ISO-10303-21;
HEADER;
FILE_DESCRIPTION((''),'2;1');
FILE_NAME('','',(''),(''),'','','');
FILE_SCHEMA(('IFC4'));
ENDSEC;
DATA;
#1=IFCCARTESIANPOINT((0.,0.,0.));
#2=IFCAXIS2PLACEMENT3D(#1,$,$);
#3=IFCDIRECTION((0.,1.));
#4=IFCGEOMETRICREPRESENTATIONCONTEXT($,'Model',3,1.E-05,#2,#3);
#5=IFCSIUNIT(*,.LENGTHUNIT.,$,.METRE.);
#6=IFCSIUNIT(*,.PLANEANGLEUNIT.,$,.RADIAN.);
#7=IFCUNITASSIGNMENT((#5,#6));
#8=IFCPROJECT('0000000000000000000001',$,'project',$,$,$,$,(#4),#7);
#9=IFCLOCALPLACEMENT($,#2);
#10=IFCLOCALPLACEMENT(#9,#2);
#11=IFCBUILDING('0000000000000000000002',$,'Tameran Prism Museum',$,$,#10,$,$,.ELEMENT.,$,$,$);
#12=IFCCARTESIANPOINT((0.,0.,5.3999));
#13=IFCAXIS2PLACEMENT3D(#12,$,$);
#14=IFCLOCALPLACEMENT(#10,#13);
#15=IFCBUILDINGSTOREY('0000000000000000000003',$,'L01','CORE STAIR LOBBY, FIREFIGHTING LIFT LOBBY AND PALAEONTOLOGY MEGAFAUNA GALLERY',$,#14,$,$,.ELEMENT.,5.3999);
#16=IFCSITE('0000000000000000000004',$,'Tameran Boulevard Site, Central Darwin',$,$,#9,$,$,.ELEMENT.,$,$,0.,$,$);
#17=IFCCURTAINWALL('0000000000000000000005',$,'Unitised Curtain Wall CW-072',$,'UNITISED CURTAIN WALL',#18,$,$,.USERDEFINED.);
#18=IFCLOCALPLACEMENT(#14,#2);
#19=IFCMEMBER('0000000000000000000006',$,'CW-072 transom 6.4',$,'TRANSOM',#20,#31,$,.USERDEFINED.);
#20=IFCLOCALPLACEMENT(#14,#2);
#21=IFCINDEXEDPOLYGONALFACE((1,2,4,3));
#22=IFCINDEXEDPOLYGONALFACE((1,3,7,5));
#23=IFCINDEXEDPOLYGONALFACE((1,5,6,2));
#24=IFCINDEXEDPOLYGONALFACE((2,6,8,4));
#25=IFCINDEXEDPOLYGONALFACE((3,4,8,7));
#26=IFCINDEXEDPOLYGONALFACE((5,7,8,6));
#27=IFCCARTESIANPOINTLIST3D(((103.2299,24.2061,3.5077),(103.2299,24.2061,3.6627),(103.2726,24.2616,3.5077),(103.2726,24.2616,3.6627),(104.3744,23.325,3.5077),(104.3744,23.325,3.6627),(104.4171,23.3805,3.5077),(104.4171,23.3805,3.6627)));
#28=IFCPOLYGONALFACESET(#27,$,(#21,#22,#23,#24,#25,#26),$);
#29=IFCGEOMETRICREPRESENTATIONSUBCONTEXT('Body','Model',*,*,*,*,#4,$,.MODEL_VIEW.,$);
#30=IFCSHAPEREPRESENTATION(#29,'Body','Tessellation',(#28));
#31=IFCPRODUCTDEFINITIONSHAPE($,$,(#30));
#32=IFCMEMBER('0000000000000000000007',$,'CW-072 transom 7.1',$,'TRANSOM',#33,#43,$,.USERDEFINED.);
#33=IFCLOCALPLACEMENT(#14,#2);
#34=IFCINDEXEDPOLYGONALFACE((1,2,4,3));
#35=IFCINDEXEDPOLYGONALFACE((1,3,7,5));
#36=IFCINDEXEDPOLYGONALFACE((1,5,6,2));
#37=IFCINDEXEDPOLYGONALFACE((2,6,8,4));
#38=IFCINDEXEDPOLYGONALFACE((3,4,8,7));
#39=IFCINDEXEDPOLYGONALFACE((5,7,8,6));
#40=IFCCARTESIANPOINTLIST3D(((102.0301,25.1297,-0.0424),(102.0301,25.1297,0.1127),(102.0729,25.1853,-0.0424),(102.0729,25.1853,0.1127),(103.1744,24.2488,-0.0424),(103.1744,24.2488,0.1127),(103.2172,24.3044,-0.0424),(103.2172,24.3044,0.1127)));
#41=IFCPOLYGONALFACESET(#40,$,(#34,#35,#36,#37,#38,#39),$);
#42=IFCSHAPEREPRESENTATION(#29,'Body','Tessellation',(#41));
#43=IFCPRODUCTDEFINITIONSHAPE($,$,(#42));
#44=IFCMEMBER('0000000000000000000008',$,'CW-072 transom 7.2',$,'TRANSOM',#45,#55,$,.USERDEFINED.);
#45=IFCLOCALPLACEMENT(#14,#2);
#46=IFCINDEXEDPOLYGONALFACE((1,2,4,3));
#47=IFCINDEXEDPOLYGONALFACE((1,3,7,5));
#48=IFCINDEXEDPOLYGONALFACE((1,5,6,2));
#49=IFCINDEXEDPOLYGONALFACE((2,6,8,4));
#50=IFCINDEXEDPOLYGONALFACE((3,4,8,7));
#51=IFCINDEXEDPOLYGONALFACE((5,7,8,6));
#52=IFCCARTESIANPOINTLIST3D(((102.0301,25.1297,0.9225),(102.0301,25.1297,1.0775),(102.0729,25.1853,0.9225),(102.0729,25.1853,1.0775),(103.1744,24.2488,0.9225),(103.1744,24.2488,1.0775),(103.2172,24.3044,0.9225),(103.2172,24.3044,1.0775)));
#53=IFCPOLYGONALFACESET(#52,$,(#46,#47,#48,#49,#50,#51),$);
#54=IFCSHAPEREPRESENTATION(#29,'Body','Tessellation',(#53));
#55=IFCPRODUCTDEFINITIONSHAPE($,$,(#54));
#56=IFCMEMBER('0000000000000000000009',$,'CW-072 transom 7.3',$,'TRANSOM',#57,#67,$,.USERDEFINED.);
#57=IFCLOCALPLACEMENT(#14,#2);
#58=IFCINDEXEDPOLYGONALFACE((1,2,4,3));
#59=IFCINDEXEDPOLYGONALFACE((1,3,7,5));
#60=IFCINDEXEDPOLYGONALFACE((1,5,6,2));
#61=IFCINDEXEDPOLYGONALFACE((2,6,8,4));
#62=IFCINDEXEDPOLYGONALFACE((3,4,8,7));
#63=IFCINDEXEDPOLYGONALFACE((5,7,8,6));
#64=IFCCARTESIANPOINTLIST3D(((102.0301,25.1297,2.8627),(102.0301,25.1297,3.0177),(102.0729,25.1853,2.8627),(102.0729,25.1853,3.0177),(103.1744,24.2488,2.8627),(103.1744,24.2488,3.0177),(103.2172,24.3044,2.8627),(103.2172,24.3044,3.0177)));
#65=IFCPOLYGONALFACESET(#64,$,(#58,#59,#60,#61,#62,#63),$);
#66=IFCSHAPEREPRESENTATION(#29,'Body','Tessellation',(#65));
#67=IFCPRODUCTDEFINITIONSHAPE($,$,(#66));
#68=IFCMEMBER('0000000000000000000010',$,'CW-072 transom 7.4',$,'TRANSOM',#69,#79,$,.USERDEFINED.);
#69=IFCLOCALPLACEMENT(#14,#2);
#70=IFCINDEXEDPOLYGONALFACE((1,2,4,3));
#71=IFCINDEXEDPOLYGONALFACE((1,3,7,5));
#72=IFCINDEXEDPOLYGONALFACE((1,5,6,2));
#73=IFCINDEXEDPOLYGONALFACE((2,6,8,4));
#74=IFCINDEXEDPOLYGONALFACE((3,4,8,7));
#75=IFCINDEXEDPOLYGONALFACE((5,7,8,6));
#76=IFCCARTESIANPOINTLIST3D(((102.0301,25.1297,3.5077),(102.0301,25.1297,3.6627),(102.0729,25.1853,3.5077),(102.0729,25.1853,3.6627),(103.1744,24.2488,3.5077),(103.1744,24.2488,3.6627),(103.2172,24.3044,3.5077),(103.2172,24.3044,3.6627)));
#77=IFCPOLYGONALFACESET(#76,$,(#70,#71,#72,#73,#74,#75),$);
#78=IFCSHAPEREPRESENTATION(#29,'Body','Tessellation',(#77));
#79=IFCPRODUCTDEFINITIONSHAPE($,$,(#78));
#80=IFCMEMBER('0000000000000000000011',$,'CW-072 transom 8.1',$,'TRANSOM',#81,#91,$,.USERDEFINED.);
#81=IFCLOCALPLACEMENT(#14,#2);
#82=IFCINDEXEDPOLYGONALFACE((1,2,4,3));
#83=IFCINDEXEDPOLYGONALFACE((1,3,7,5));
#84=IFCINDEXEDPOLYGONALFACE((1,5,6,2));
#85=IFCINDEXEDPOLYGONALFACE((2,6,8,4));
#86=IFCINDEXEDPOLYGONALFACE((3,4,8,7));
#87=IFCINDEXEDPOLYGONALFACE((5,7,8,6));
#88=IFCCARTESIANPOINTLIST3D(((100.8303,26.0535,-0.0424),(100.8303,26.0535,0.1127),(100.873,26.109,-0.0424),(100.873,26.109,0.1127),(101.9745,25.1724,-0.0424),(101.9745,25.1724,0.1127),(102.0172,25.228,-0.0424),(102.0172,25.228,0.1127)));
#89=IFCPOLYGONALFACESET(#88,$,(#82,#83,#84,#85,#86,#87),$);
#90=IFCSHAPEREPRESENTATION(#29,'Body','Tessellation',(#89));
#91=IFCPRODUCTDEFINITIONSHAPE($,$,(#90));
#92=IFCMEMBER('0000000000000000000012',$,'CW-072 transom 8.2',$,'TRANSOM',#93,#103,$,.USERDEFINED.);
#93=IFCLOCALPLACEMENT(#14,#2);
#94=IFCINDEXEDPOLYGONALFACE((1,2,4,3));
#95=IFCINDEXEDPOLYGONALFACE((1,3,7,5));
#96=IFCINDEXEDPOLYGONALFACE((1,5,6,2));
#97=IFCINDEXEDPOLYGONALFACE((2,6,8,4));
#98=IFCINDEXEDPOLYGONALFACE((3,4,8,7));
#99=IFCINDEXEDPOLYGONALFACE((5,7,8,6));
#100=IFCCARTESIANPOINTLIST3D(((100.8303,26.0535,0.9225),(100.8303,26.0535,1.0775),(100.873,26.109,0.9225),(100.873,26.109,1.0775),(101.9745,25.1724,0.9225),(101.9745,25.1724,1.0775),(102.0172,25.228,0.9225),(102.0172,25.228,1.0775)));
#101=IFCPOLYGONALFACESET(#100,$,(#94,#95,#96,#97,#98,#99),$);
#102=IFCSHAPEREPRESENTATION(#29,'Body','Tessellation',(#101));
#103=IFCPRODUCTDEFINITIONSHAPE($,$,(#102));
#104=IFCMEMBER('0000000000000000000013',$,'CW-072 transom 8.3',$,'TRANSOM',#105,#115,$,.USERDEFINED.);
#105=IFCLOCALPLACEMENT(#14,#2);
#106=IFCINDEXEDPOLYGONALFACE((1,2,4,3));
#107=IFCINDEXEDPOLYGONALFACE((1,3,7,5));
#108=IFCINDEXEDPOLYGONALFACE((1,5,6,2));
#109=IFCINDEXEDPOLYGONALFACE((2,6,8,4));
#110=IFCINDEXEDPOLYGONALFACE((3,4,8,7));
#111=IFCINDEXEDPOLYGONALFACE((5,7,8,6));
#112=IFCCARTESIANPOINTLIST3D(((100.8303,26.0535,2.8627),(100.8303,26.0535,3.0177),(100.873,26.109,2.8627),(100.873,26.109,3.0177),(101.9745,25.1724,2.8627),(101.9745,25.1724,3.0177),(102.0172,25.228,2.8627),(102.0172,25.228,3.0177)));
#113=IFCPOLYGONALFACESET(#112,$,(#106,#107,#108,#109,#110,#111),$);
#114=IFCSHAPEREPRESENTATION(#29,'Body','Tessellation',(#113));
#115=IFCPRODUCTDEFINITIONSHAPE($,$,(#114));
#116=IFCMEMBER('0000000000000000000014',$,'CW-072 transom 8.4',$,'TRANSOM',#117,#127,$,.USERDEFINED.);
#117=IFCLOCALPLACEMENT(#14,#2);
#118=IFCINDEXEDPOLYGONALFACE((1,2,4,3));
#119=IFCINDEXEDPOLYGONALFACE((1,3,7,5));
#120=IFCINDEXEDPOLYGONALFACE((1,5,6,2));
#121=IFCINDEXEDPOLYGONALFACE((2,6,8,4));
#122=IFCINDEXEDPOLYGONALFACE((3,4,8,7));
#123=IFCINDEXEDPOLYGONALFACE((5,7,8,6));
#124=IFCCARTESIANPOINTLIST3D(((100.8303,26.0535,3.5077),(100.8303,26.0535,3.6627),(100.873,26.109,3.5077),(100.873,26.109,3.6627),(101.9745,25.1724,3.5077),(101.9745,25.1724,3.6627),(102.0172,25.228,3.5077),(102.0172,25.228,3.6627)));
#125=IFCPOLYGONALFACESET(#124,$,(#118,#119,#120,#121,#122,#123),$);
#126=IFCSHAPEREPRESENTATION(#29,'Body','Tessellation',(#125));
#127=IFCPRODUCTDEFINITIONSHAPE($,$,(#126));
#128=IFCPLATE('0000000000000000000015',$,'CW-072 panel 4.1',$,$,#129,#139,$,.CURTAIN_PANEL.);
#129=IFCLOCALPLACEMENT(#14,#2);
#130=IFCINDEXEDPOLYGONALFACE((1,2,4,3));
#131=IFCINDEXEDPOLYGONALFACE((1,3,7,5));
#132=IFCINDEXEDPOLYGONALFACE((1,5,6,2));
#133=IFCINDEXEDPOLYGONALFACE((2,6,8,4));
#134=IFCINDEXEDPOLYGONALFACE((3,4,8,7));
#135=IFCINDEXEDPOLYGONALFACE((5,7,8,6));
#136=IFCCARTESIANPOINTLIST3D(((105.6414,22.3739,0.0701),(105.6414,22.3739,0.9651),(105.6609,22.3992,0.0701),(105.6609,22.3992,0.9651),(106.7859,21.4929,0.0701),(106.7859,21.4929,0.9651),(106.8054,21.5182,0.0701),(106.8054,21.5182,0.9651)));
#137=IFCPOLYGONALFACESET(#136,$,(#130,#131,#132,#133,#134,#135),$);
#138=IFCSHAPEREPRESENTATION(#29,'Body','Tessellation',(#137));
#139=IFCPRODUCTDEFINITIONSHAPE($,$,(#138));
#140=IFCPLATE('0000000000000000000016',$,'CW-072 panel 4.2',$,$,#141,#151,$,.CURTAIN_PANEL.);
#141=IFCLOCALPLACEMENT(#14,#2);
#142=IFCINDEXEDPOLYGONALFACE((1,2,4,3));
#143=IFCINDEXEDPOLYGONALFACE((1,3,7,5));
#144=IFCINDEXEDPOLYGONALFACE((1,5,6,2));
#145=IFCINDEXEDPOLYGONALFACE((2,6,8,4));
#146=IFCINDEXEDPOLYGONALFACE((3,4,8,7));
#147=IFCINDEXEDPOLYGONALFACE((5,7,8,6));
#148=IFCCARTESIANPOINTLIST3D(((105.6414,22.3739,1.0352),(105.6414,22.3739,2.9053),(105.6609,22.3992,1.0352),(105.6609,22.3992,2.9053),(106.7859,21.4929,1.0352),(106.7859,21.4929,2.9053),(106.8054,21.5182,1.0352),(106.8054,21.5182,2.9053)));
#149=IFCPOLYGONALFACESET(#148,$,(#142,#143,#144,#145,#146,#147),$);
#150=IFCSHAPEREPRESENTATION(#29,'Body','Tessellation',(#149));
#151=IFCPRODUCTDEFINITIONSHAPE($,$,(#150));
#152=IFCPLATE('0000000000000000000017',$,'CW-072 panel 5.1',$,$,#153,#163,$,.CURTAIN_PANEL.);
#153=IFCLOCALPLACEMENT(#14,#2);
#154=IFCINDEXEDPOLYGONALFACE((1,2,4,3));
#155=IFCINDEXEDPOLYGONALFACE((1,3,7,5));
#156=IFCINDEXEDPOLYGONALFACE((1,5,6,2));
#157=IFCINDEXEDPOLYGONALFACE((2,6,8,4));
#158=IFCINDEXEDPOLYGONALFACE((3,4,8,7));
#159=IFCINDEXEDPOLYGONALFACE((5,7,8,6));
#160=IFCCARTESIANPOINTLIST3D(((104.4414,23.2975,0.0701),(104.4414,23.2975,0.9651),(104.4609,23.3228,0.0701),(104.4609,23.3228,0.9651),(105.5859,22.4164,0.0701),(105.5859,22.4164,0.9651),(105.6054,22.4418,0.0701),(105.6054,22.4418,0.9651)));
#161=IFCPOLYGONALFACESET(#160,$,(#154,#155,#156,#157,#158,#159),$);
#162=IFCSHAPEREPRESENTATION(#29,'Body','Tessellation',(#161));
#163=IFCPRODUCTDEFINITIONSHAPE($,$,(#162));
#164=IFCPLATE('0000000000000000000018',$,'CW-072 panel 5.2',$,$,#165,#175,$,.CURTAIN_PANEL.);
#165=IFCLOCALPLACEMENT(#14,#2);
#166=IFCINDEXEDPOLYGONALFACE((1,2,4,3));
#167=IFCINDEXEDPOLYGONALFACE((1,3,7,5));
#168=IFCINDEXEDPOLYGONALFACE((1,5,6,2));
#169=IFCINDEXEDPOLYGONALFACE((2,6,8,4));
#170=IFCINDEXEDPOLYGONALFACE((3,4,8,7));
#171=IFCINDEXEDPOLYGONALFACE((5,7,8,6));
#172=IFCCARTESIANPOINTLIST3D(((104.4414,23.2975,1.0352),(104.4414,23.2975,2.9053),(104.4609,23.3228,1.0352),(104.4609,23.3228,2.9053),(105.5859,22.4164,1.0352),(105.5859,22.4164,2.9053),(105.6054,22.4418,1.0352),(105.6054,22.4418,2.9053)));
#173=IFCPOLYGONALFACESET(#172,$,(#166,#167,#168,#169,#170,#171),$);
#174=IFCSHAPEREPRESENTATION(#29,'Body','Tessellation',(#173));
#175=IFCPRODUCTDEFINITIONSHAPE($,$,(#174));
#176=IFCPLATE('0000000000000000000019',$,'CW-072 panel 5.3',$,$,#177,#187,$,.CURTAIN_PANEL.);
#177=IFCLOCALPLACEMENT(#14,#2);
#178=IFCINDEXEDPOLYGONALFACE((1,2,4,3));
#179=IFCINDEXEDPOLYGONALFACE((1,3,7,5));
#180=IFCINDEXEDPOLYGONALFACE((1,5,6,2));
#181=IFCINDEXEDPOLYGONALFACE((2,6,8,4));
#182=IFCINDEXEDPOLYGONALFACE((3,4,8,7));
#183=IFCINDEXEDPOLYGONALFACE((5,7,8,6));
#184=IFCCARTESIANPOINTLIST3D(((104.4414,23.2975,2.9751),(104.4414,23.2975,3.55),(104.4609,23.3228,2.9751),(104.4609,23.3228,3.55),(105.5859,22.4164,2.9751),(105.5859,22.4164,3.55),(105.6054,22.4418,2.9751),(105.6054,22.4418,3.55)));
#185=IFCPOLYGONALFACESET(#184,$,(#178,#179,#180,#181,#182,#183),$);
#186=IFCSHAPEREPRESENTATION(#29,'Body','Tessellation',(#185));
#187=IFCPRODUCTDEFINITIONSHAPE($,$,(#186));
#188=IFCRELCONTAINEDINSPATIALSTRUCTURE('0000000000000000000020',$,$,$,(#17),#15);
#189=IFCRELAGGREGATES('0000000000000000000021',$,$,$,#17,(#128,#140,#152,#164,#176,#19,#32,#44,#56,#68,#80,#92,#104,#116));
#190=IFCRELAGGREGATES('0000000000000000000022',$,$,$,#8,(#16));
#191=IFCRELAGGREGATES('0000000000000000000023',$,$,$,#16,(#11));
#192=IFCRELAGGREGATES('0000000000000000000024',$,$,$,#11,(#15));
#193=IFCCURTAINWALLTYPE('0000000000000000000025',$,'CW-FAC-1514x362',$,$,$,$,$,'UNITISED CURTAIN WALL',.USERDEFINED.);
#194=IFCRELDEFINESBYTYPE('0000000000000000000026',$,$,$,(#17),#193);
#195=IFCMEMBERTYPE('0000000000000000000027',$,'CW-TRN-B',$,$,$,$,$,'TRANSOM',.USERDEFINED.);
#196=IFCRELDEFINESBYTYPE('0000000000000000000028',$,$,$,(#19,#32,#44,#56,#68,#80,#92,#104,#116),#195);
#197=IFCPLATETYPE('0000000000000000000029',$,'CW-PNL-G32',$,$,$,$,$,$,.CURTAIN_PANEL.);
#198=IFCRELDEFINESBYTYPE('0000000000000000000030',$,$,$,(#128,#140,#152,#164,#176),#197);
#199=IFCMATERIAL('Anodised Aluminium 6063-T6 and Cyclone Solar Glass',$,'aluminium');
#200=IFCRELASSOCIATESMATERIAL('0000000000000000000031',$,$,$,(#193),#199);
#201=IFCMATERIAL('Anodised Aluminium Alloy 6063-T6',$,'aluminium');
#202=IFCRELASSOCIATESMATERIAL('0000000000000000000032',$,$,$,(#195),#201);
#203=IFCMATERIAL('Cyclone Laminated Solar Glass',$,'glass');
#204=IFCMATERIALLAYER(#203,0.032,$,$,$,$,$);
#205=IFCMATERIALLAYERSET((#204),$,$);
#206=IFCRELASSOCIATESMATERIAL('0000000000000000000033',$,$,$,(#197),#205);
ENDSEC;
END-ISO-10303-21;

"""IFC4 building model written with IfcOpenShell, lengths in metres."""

from ifc_helpers import new_model, si_unit, direction, frame, origin, origin_2d, place, context, subcontext, project, spatial, rectangle, extrude, material, layer, layer_set, material_profile, profile_set, type_object, element, aggregate, save


model = new_model("IFC4")

# Units and contexts
model_context = context("Model", 3, precision=1e-05, world=origin(), true_north=direction((0.0, 1.0)))
body_context = subcontext(model_context, "Body", "Model", "MODEL_VIEW")
ifc_project = project(units=[si_unit("LENGTHUNIT", "METRE"), si_unit("PLANEANGLEUNIT", "RADIAN")], contexts=[model_context])

# Site, building, storey
site_placement = place(None, origin())
site = spatial("IfcSite", under=ifc_project, at=site_placement, Name="Tameran Boulevard Site, Central Darwin", CompositionType="ELEMENT", RefElevation=0.0)
building_placement = place(site_placement, origin())
building = spatial("IfcBuilding", under=site, at=building_placement, Name="Tameran Prism Museum", CompositionType="ELEMENT")
storey_placement = place(building_placement, frame((0.0, 0.0, 5.3999)))
storey = spatial("IfcBuildingStorey", under=building, at=storey_placement, Name="L01", Description="CORE STAIR LOBBY, FIREFIGHTING LIFT LOBBY AND PALAEONTOLOGY MEGAFAUNA GALLERY", CompositionType="ELEMENT", Elevation=5.3999)

# Curtain wall, members, plates
ifc_material_1 = material(Name="Anodised Aluminium 6063-T6 and Cyclone Solar Glass", Category="aluminium")
curtain_wall_type = type_object("IfcCurtainWallType", Name="CW-FAC-1514x362", ElementType="UNITISED CURTAIN WALL", PredefinedType="USERDEFINED", material=ifc_material_1)
curtain_wall_placement = place(storey_placement, origin())
curtain_wall = element("IfcCurtainWall", 1, at=curtain_wall_placement, inside=storey, type_object=curtain_wall_type, Name="Unitised Curtain Wall CW-072", ObjectType="UNITISED CURTAIN WALL", PredefinedType="USERDEFINED")
ifc_material_2 = material(Name="Anodised Aluminium Alloy 6063-T6", Category="aluminium")
ifc_material_profile_1 = material_profile(ifc_material_2, rectangle(XDim=0.0701, YDim=0.155, at=origin_2d()))
ifc_profile_set_1 = profile_set([ifc_material_profile_1])
member_type_1 = type_object("IfcMemberType", Name="CW-TRN-B", ElementType="TRANSOM", PredefinedType="USERDEFINED", material=ifc_profile_set_1)
member_1_placement = place(storey_placement, frame((104.3958, 23.3528, 3.5852), z_axis=(-0.792391, 0.610013, 0.0), x_axis=(-0.610013, -0.792391, 0.0)))
member_1 = element("IfcMember", 2, at=member_1_placement, type_object=member_type_1, Name="CW-072 transom 6.4", ObjectType="TRANSOM", PredefinedType="USERDEFINED", context=body_context, shape_type="SweptSolid", body=[
    extrude(rectangle(XDim=0.0701, YDim=0.155, at=origin_2d()), origin(), (0.0, 0.0, 1.0), 1.4443),
])
member_2_placement = place(storey_placement, frame((103.1958, 24.2766, 0.0352), z_axis=(-0.79241, 0.609989, 0.0), x_axis=(-0.609989, -0.79241, 0.0)))
member_2 = element("IfcMember", 3, at=member_2_placement, type_object=member_type_1, Name="CW-072 transom 7.1", ObjectType="TRANSOM", PredefinedType="USERDEFINED", context=body_context, shape_type="SweptSolid", body=[
    extrude(rectangle(XDim=0.0701, YDim=0.155, at=origin_2d()), origin(), (0.0, 0.0, 1.0), 1.4441),
])
member_3_placement = place(storey_placement, frame((103.1958, 24.2766, 1.0), z_axis=(-0.79241, 0.609989, 0.0), x_axis=(-0.609989, -0.79241, 0.0)))
member_3 = element("IfcMember", 4, at=member_3_placement, type_object=member_type_1, Name="CW-072 transom 7.2", ObjectType="TRANSOM", PredefinedType="USERDEFINED", context=body_context, shape_type="SweptSolid", body=[
    extrude(rectangle(XDim=0.0701, YDim=0.155, at=origin_2d()), origin(), (0.0, 0.0, 1.0), 1.4441),
])
member_4_placement = place(storey_placement, frame((103.1958, 24.2766, 2.9402), z_axis=(-0.79241, 0.609989, 0.0), x_axis=(-0.609989, -0.79241, 0.0)))
member_4 = element("IfcMember", 5, at=member_4_placement, type_object=member_type_1, Name="CW-072 transom 7.3", ObjectType="TRANSOM", PredefinedType="USERDEFINED", context=body_context, shape_type="SweptSolid", body=[
    extrude(rectangle(XDim=0.0701, YDim=0.155, at=origin_2d()), origin(), (0.0, 0.0, 1.0), 1.4441),
])
member_5_placement = place(storey_placement, frame((103.1958, 24.2766, 3.5852), z_axis=(-0.79241, 0.609989, 0.0), x_axis=(-0.609989, -0.79241, 0.0)))
member_5 = element("IfcMember", 6, at=member_5_placement, type_object=member_type_1, Name="CW-072 transom 7.4", ObjectType="TRANSOM", PredefinedType="USERDEFINED", context=body_context, shape_type="SweptSolid", body=[
    extrude(rectangle(XDim=0.0701, YDim=0.155, at=origin_2d()), origin(), (0.0, 0.0, 1.0), 1.4441),
])
member_6_placement = place(storey_placement, frame((101.9958, 25.2002, 0.0352), z_axis=(-0.792329, 0.610095, 0.0), x_axis=(-0.610095, -0.792329, 0.0)))
member_6 = element("IfcMember", 7, at=member_6_placement, type_object=member_type_1, Name="CW-072 transom 8.1", ObjectType="TRANSOM", PredefinedType="USERDEFINED", context=body_context, shape_type="SweptSolid", body=[
    extrude(rectangle(XDim=0.0701, YDim=0.155, at=origin_2d()), origin(), (0.0, 0.0, 1.0), 1.4441),
])
member_7_placement = place(storey_placement, frame((101.9958, 25.2002, 1.0), z_axis=(-0.792329, 0.610095, 0.0), x_axis=(-0.610095, -0.792329, 0.0)))
member_7 = element("IfcMember", 8, at=member_7_placement, type_object=member_type_1, Name="CW-072 transom 8.2", ObjectType="TRANSOM", PredefinedType="USERDEFINED", context=body_context, shape_type="SweptSolid", body=[
    extrude(rectangle(XDim=0.0701, YDim=0.155, at=origin_2d()), origin(), (0.0, 0.0, 1.0), 1.4441),
])
member_8_placement = place(storey_placement, frame((101.9958, 25.2002, 2.9402), z_axis=(-0.792329, 0.610095, 0.0), x_axis=(-0.610095, -0.792329, 0.0)))
member_8 = element("IfcMember", 9, at=member_8_placement, type_object=member_type_1, Name="CW-072 transom 8.3", ObjectType="TRANSOM", PredefinedType="USERDEFINED", context=body_context, shape_type="SweptSolid", body=[
    extrude(rectangle(XDim=0.0701, YDim=0.155, at=origin_2d()), origin(), (0.0, 0.0, 1.0), 1.4441),
])
member_9_placement = place(storey_placement, frame((101.9958, 25.2002, 3.5852), z_axis=(-0.792329, 0.610095, 0.0), x_axis=(-0.610095, -0.792329, 0.0)))
member_9 = element("IfcMember", 10, at=member_9_placement, type_object=member_type_1, Name="CW-072 transom 8.4", ObjectType="TRANSOM", PredefinedType="USERDEFINED", context=body_context, shape_type="SweptSolid", body=[
    extrude(rectangle(XDim=0.0701, YDim=0.155, at=origin_2d()), origin(), (0.0, 0.0, 1.0), 1.4441),
])
ifc_material_3 = material(Name="Cyclone Laminated Solar Glass", Category="glass")
ifc_layer = layer(ifc_material_3, 0.032)
ifc_layer_set = layer_set([ifc_layer])
plate_type = type_object("IfcPlateType", Name="CW-PNL-G32", PredefinedType="CURTAIN_PANEL", material=ifc_layer_set)
plate_1_placement = place(storey_placement, frame((106.2234, 21.946, 0.0701), z_axis=(0.0, 0.0, 1.0), x_axis=(-0.792401, 0.610001, 0.0)))
plate_1 = element("IfcPlate", 11, at=plate_1_placement, type_object=plate_type, Name="CW-072 panel 4.1", PredefinedType="CURTAIN_PANEL", context=body_context, shape_type="SweptSolid", body=[
    extrude(rectangle(XDim=1.4443, YDim=0.032, at=origin_2d()), origin(), (0.0, 0.0, 1.0), 0.895),
])
plate_2_placement = place(storey_placement, frame((106.2234, 21.946, 1.0352), z_axis=(0.0, 0.0, 1.0), x_axis=(-0.792401, 0.610001, 0.0)))
plate_2 = element("IfcPlate", 12, at=plate_2_placement, type_object=plate_type, Name="CW-072 panel 4.2", PredefinedType="CURTAIN_PANEL", context=body_context, shape_type="SweptSolid", body=[
    extrude(rectangle(XDim=1.4443, YDim=0.032, at=origin_2d()), origin(), (0.0, 0.0, 1.0), 1.8701),
])
plate_3_placement = place(storey_placement, frame((105.0234, 22.8696, 0.0701), z_axis=(0.0, 0.0, 1.0), x_axis=(-0.792401, 0.610001, 0.0)))
plate_3 = element("IfcPlate", 13, at=plate_3_placement, type_object=plate_type, Name="CW-072 panel 5.1", PredefinedType="CURTAIN_PANEL", context=body_context, shape_type="SweptSolid", body=[
    extrude(rectangle(XDim=1.4443, YDim=0.032, at=origin_2d()), origin(), (0.0, 0.0, 1.0), 0.895),
])
plate_4_placement = place(storey_placement, frame((105.0234, 22.8696, 1.0352), z_axis=(0.0, 0.0, 1.0), x_axis=(-0.792401, 0.610001, 0.0)))
plate_4 = element("IfcPlate", 14, at=plate_4_placement, type_object=plate_type, Name="CW-072 panel 5.2", PredefinedType="CURTAIN_PANEL", context=body_context, shape_type="SweptSolid", body=[
    extrude(rectangle(XDim=1.4443, YDim=0.032, at=origin_2d()), origin(), (0.0, 0.0, 1.0), 1.8701),
])
plate_5_placement = place(storey_placement, frame((105.0234, 22.8696, 2.9751), z_axis=(0.0, 0.0, 1.0), x_axis=(-0.792401, 0.610001, 0.0)))
plate_5 = element("IfcPlate", 15, at=plate_5_placement, type_object=plate_type, Name="CW-072 panel 5.3", PredefinedType="CURTAIN_PANEL", context=body_context, shape_type="SweptSolid", body=[
    extrude(rectangle(XDim=1.4443, YDim=0.032, at=origin_2d()), origin(), (0.0, 0.0, 1.0), 0.575),
])
aggregate(curtain_wall, [plate_1, plate_2, plate_3, plate_4, plate_5, member_1, member_2, member_3, member_4, member_5, member_6, member_7, member_8, member_9])

save(model, "model.ifc")
